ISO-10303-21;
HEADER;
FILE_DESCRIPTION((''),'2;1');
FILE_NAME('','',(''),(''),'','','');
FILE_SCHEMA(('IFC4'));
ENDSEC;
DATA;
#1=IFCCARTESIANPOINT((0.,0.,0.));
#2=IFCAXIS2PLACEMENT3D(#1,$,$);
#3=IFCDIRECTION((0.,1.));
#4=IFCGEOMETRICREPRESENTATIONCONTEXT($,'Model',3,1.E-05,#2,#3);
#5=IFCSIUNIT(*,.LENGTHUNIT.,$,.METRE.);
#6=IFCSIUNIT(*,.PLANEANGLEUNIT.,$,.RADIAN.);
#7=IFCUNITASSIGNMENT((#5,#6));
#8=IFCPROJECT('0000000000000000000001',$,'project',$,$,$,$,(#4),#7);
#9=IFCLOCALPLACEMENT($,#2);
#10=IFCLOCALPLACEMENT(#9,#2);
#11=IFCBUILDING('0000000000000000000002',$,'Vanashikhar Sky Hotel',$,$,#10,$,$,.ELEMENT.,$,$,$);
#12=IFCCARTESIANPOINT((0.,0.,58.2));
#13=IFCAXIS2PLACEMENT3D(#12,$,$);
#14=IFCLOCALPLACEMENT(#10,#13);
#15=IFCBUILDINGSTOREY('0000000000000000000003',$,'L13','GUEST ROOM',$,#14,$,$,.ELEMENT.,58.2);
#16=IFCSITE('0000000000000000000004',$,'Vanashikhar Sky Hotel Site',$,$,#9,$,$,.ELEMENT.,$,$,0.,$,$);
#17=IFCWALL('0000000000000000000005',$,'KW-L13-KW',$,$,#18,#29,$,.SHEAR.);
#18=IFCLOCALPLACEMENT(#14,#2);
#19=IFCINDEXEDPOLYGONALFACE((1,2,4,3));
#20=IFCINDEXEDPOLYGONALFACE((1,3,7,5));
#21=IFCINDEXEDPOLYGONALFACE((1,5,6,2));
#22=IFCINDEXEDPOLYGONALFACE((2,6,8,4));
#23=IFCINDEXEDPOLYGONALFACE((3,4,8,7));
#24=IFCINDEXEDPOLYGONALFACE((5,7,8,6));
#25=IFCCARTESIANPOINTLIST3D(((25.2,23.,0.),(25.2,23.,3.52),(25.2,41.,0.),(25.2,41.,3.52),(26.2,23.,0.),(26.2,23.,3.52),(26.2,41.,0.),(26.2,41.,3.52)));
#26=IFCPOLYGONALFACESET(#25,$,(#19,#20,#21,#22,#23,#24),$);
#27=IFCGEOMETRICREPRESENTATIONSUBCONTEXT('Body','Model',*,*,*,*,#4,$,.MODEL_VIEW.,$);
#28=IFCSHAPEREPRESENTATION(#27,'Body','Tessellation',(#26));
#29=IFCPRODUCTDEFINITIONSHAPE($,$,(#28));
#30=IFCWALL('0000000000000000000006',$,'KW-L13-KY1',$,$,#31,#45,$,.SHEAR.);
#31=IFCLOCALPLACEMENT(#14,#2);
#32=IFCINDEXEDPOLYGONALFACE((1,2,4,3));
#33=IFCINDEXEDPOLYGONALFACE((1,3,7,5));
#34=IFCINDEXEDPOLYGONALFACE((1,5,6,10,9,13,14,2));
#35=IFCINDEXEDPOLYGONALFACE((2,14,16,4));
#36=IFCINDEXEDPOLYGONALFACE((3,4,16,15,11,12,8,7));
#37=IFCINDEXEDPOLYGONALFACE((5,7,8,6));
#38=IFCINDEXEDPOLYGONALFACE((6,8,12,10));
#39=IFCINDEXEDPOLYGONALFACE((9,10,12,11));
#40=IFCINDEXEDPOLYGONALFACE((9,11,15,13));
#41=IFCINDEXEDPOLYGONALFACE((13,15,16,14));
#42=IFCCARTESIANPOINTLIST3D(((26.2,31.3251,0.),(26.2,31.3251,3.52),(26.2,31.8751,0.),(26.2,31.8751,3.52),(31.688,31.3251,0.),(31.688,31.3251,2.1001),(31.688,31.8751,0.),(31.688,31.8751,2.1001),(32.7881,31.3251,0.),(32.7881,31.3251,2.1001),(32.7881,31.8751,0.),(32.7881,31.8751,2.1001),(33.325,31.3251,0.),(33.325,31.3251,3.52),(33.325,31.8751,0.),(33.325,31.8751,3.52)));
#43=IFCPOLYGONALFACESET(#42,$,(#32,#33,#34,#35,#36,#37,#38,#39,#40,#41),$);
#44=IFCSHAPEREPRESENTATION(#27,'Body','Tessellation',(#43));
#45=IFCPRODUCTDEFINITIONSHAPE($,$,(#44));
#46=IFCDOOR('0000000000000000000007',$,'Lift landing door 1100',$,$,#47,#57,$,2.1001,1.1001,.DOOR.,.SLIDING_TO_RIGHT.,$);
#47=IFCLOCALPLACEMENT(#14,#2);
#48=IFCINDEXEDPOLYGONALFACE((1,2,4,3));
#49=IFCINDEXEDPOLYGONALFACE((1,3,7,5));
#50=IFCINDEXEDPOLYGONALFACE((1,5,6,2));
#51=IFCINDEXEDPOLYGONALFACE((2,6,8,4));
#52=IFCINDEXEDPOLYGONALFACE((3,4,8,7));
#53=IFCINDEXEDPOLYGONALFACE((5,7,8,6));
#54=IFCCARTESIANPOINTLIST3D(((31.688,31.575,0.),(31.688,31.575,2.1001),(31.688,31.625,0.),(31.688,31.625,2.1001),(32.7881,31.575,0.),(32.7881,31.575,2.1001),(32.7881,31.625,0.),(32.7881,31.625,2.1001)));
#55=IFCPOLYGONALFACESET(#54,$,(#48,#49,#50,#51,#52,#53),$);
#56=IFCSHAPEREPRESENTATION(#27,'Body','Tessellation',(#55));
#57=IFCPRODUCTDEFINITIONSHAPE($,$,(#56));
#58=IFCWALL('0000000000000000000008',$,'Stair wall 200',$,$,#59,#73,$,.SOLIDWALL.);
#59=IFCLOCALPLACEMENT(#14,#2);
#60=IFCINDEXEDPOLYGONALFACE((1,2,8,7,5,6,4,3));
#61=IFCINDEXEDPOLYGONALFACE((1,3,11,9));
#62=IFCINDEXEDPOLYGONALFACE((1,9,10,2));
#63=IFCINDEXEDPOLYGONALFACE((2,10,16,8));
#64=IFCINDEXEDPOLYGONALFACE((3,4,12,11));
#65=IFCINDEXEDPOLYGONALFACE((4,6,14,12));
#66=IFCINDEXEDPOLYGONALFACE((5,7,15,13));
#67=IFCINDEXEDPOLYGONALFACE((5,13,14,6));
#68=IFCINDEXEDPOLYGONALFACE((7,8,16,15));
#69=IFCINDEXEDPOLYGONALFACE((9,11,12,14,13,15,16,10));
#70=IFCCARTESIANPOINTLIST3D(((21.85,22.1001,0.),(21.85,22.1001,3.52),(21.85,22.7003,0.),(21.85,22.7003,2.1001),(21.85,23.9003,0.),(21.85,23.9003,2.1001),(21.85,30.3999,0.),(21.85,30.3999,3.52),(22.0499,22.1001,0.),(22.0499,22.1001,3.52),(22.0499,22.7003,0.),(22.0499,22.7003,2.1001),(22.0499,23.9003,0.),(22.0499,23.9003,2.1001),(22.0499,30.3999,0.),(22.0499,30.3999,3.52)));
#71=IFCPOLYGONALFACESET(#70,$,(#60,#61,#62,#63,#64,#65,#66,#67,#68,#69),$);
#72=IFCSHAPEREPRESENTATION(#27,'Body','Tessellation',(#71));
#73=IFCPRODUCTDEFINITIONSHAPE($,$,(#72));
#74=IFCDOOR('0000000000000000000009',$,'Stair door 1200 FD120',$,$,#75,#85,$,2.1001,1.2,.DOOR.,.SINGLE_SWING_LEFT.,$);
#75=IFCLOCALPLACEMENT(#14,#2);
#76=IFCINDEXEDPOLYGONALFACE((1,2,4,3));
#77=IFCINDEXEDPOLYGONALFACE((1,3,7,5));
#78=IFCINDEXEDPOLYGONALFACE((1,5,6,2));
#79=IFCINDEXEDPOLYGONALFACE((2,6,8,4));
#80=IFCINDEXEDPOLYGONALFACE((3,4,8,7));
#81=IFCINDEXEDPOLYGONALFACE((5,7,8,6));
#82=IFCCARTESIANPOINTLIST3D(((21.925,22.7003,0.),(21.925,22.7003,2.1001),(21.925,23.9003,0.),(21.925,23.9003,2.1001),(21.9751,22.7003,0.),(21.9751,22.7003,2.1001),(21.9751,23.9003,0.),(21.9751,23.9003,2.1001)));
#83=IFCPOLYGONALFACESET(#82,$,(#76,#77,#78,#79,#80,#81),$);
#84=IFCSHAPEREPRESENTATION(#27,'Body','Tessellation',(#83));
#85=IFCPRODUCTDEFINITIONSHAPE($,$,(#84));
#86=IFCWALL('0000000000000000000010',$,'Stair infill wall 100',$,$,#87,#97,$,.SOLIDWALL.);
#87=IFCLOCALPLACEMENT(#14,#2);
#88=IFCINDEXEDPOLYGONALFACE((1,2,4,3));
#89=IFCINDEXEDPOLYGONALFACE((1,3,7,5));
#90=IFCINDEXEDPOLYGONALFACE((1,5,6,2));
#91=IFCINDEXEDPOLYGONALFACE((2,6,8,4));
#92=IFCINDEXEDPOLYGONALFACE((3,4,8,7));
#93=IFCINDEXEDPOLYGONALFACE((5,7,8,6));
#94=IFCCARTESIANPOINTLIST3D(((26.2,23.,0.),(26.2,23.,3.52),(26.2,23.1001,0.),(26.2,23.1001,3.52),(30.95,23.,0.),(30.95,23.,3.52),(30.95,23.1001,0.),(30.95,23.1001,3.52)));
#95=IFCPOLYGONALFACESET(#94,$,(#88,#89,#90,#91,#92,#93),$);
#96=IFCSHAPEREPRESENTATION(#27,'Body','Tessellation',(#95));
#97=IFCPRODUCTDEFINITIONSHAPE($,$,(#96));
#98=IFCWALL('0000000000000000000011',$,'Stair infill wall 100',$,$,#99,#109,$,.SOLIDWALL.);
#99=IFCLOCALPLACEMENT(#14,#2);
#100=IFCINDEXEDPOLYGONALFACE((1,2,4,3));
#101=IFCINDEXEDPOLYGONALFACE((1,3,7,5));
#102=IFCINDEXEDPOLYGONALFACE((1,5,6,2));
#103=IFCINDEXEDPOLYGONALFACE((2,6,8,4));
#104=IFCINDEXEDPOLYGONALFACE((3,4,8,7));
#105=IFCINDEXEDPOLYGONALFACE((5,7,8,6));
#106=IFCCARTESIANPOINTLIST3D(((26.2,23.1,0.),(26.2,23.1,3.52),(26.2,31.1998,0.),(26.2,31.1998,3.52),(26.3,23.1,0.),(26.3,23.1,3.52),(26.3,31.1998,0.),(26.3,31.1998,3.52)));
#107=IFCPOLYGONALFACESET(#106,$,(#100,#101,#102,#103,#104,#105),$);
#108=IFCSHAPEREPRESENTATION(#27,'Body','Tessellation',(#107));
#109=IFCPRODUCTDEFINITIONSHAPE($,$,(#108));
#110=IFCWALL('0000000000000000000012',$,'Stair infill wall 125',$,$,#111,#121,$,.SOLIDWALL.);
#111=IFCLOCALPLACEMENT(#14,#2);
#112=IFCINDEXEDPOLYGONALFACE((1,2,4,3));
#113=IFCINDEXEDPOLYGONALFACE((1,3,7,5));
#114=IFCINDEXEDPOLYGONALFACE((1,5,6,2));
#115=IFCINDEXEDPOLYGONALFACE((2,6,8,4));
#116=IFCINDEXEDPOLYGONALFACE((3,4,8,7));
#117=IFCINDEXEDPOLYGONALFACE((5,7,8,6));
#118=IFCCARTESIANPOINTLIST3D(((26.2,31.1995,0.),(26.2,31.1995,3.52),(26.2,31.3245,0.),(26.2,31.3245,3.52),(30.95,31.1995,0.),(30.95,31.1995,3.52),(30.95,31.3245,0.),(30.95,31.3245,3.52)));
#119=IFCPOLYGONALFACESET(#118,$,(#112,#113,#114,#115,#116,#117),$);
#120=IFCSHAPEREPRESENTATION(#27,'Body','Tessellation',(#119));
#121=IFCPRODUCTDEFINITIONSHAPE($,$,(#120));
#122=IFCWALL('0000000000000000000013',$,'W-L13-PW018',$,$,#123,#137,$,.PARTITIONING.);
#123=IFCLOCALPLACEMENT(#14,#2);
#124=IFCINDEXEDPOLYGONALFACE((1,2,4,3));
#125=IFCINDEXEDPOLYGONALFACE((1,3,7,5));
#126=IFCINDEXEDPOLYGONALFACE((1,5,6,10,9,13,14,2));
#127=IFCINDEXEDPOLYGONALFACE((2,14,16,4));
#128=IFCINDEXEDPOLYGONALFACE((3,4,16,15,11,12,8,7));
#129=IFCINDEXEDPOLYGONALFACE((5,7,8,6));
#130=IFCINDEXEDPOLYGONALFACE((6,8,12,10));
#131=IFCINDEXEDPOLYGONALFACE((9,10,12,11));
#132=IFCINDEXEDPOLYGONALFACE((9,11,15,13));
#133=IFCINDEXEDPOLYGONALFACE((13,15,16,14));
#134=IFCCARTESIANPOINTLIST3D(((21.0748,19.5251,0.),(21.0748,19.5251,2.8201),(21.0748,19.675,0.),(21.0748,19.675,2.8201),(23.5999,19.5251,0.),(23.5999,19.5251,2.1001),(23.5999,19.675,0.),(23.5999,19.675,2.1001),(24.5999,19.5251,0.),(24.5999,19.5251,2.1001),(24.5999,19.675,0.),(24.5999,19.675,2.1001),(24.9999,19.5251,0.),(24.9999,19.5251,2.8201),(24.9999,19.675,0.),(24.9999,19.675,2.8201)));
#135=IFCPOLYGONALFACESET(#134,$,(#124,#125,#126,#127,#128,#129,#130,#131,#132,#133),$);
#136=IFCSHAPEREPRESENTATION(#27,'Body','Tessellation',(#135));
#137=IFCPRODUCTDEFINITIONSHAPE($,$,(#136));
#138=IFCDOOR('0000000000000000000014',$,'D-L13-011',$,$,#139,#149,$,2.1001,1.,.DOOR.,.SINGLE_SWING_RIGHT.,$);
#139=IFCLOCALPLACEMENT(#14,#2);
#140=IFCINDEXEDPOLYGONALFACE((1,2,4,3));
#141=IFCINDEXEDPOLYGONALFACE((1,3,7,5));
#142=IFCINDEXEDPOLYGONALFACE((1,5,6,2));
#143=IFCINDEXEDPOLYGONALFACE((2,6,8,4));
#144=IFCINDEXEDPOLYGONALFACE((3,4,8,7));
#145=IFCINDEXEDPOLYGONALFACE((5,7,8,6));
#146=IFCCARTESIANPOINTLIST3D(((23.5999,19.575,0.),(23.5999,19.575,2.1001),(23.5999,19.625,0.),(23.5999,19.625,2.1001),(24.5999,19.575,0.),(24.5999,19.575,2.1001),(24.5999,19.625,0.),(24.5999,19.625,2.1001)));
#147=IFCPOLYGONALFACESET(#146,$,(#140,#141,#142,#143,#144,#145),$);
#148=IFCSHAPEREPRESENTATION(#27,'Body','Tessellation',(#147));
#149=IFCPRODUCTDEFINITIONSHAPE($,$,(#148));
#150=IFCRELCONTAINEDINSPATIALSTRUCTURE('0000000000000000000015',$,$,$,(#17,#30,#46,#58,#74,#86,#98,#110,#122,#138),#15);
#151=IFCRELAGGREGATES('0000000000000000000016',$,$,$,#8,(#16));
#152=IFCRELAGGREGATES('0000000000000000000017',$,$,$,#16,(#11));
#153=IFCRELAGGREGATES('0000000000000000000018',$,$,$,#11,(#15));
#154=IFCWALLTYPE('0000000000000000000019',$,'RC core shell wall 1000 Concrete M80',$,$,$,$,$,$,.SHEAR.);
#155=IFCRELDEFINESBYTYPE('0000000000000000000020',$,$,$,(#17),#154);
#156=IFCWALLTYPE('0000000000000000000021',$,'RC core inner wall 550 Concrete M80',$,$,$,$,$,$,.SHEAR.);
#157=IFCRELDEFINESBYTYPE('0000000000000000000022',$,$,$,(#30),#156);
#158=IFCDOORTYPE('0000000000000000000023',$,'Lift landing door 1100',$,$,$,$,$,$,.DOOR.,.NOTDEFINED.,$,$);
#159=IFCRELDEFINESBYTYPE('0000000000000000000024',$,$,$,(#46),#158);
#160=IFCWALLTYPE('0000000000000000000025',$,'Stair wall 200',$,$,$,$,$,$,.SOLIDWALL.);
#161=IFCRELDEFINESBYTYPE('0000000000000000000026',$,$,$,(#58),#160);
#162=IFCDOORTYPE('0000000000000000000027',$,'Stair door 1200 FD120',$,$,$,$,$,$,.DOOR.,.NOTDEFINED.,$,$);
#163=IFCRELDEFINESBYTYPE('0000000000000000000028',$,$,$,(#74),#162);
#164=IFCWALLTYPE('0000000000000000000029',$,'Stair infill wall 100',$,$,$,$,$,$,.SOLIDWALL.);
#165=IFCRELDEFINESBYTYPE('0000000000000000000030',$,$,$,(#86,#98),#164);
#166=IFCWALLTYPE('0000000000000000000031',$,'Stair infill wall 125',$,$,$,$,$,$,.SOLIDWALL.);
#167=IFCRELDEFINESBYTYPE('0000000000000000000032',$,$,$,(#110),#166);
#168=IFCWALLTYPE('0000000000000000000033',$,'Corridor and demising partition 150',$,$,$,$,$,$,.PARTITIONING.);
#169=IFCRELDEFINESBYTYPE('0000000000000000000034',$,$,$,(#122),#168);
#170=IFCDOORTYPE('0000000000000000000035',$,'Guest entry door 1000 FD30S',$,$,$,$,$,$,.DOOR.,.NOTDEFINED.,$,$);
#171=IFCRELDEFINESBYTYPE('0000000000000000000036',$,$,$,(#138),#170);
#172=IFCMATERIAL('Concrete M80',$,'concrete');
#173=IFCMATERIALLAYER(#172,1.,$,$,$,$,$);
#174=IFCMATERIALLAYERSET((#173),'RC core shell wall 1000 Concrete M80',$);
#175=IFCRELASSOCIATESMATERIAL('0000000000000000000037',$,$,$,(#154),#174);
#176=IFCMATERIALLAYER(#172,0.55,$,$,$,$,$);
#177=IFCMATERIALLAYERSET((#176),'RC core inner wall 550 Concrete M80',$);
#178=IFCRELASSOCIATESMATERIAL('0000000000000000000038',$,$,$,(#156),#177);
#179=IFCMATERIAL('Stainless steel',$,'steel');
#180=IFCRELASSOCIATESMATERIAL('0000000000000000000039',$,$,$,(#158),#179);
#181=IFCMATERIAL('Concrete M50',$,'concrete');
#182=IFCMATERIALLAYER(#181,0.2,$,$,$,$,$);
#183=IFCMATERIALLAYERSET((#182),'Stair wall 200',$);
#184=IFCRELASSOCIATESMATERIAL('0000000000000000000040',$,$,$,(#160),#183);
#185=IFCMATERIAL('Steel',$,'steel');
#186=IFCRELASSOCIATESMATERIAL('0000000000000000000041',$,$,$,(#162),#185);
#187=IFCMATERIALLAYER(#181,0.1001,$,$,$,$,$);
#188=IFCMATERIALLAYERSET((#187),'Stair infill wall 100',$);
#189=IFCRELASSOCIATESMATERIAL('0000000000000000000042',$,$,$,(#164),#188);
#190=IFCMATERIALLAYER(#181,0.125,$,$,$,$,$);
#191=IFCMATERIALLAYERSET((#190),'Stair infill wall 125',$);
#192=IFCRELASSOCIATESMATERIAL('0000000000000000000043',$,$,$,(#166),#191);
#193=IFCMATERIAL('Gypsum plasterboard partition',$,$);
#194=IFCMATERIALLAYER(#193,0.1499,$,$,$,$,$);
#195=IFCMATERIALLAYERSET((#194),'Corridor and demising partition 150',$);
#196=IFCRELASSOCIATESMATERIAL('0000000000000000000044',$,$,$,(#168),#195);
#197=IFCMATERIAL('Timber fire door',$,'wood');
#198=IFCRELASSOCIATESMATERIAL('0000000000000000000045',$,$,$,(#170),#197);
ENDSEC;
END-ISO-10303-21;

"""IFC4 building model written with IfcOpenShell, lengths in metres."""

from ifc_helpers import new_model, si_unit, direction, frame, frame_2d, origin, place, context, subcontext, project, spatial, rectangle, extrude, source, transform, mapped, material, layer, layer_set, type_object, element, fill, save


model = new_model("IFC4")

# Units and contexts
model_context = context("Model", 3, precision=1e-05, world=origin(), true_north=direction((0.0, 1.0)))
body_context = subcontext(model_context, "Body", "Model", "MODEL_VIEW")
ifc_project = project(units=[si_unit("LENGTHUNIT", "METRE"), si_unit("PLANEANGLEUNIT", "RADIAN")], contexts=[model_context])

# Site, building, storey
site_placement = place(None, origin())
site = spatial("IfcSite", under=ifc_project, at=site_placement, Name="Vanashikhar Sky Hotel Site", CompositionType="ELEMENT", RefElevation=0.0)
building_placement = place(site_placement, origin())
building = spatial("IfcBuilding", under=site, at=building_placement, Name="Vanashikhar Sky Hotel", CompositionType="ELEMENT")
storey_placement = place(building_placement, frame((0.0, 0.0, 58.2)))
storey = spatial("IfcBuildingStorey", under=building, at=storey_placement, Name="L13", Description="GUEST ROOM", CompositionType="ELEMENT", Elevation=58.2)

# Shared definitions
ifc_material_1 = material(Name="Concrete M80", Category="concrete")
ifc_layer_1 = layer(ifc_material_1, 1.0)
ifc_layer_set_1 = layer_set([ifc_layer_1], Name="RC core shell wall 1000 Concrete M80")
wall_type_1 = type_object("IfcWallType", Name="RC core shell wall 1000 Concrete M80", PredefinedType="SHEAR", material=ifc_layer_set_1)
ifc_material_2 = material(Name="Steel", Category="steel")

# Wall
shared_shape_1 = source(origin(), body_context, "Body", "SweptSolid", [
    extrude(rectangle(XDim=18.0, YDim=1.0, at=frame_2d((9.0, 0.0))), origin(), (0.0, 0.0, 1.0), 3.52),
])
wall_1_placement = place(storey_placement, frame((25.7, 23.0, 0.0), z_axis=(0.0, 0.0, 1.0), x_axis=(0.0, 1.0, 0.0)))
element("IfcWall", 1, at=wall_1_placement, inside=storey, type_object=wall_type_1, Name="KW-L13-KW", PredefinedType="SHEAR", context=body_context, shape_type="MappedRepresentation", body=[
    mapped(shared_shape_1, transform((0.0, 0.0, 0.0), scale=1.0)),
])

# Walls, openings, doors
ifc_layer_2 = layer(ifc_material_1, 0.55)
ifc_layer_set_2 = layer_set([ifc_layer_2], Name="RC core inner wall 550 Concrete M80")
wall_type_2 = type_object("IfcWallType", Name="RC core inner wall 550 Concrete M80", PredefinedType="SHEAR", material=ifc_layer_set_2)
shared_shape_2 = source(origin(), body_context, "Body", "SweptSolid", [
    extrude(rectangle(XDim=7.125, YDim=0.55, at=frame_2d((3.5625, 0.0))), origin(), (0.0, 0.0, 1.0), 3.52),
])
wall_2_placement = place(storey_placement, frame((26.2, 31.6001, 0.0), z_axis=(0.0, 0.0, 1.0), x_axis=(1.0, 0.0, 0.0)))
wall_2 = element("IfcWall", 2, at=wall_2_placement, inside=storey, type_object=wall_type_2, Name="KW-L13-KY1", PredefinedType="SHEAR", context=body_context, shape_type="MappedRepresentation", body=[
    mapped(shared_shape_2, transform((0.0, 0.0, 0.0), scale=1.0)),
])
shared_shape_3 = source(origin(), body_context, "Body", "SweptSolid", [
    extrude(rectangle(XDim=1.1001, YDim=2.1001, at=frame_2d((0.55, 1.05))), frame((0.0, 0.2852, 0.0), z_axis=(0.0, -1.0, 0.0), x_axis=(1.0, 0.0, 0.0)), (0.0, 0.0, 1.0), 0.5701),
])
opening_1_placement = place(wall_2_placement, frame((5.488, 0.0, 0.0)))
opening_1 = element("IfcOpeningElement", 3, at=opening_1_placement, cuts=wall_2, PredefinedType="OPENING", context=body_context, shape_type="MappedRepresentation", body=[
    mapped(shared_shape_3, transform((0.0, 0.0, 0.0), scale=1.0)),
])
ifc_material_3 = material(Name="Stainless steel", Category="steel")
door_type_1 = type_object("IfcDoorType", Name="Lift landing door 1100", OperationType="NOTDEFINED", PredefinedType="DOOR", material=ifc_material_3)
shared_shape_4 = source(origin(), body_context, "Body", "SweptSolid", [
    extrude(rectangle(XDim=1.1001, YDim=2.1001, at=frame_2d((0.55, 1.05))), frame((0.0, 0.0249, 0.0), z_axis=(0.0, -1.0, 0.0), x_axis=(1.0, 0.0, 0.0)), (0.0, 0.0, 1.0), 0.05),
])
door_1_placement = place(opening_1_placement, origin())
door_1 = element("IfcDoor", 4, at=door_1_placement, inside=storey, type_object=door_type_1, Name="Lift landing door 1100", OperationType="SLIDING_TO_RIGHT", OverallHeight=2.1001, OverallWidth=1.1001, PredefinedType="DOOR", context=body_context, shape_type="MappedRepresentation", body=[
    mapped(shared_shape_4, transform((0.0, 0.0, 0.0), scale=1.0)),
])
fill(opening_1, door_1)
ifc_material_4 = material(Name="Concrete M50", Category="concrete")
ifc_layer_3 = layer(ifc_material_4, 0.2)
ifc_layer_set_3 = layer_set([ifc_layer_3], Name="Stair wall 200")
wall_type_3 = type_object("IfcWallType", Name="Stair wall 200", PredefinedType="SOLIDWALL", material=ifc_layer_set_3)
shared_shape_5 = source(origin(), body_context, "Body", "SweptSolid", [
    extrude(rectangle(XDim=8.2998, YDim=0.2, at=frame_2d((4.1499, 0.0))), origin(), (0.0, 0.0, 1.0), 3.52),
])
wall_3_placement = place(storey_placement, frame((21.95, 22.1001, 0.0), z_axis=(0.0, 0.0, 1.0), x_axis=(0.0, 1.0, 0.0)))
wall_3 = element("IfcWall", 5, at=wall_3_placement, inside=storey, type_object=wall_type_3, Name="Stair wall 200", PredefinedType="SOLIDWALL", context=body_context, shape_type="MappedRepresentation", body=[
    mapped(shared_shape_5, transform((0.0, 0.0, 0.0), scale=1.0)),
])
shared_shape_6 = source(origin(), body_context, "Body", "SweptSolid", [
    extrude(rectangle(XDim=1.2, YDim=2.1001, at=frame_2d((0.6001, 1.05))), frame((0.0, 0.1099, 0.0), z_axis=(0.0, -1.0, 0.0), x_axis=(1.0, 0.0, 0.0)), (0.0, 0.0, 1.0), 0.22),
])
opening_2_placement = place(wall_3_placement, frame((0.6001, 0.0, 0.0)))
opening_2 = element("IfcOpeningElement", 6, at=opening_2_placement, cuts=wall_3, PredefinedType="OPENING", context=body_context, shape_type="MappedRepresentation", body=[
    mapped(shared_shape_6, transform((0.0, 0.0, 0.0), scale=1.0)),
])
door_type_2 = type_object("IfcDoorType", Name="Stair door 1200 FD120", OperationType="NOTDEFINED", PredefinedType="DOOR", material=ifc_material_2)
shared_shape_7 = source(origin(), body_context, "Body", "SweptSolid", [
    extrude(rectangle(XDim=1.2, YDim=2.1001, at=frame_2d((0.6001, 1.05))), frame((0.0, 0.0249, 0.0), z_axis=(0.0, -1.0, 0.0), x_axis=(1.0, 0.0, 0.0)), (0.0, 0.0, 1.0), 0.05),
])
door_2_placement = place(opening_2_placement, origin())
door_2 = element("IfcDoor", 7, at=door_2_placement, inside=storey, type_object=door_type_2, Name="Stair door 1200 FD120", OperationType="SINGLE_SWING_LEFT", OverallHeight=2.1001, OverallWidth=1.2, PredefinedType="DOOR", context=body_context, shape_type="MappedRepresentation", body=[
    mapped(shared_shape_7, transform((0.0, 0.0, 0.0), scale=1.0)),
])
fill(opening_2, door_2)

# Walls
ifc_layer_4 = layer(ifc_material_4, 0.1001)
ifc_layer_set_4 = layer_set([ifc_layer_4], Name="Stair infill wall 100")
wall_type_4 = type_object("IfcWallType", Name="Stair infill wall 100", PredefinedType="SOLIDWALL", material=ifc_layer_set_4)
shared_shape_8 = source(origin(), body_context, "Body", "SweptSolid", [
    extrude(rectangle(XDim=4.75, YDim=0.1001, at=frame_2d((2.375, 0.0))), origin(), (0.0, 0.0, 1.0), 3.52),
])
wall_4_placement = place(storey_placement, frame((26.2, 23.05, 0.0), z_axis=(0.0, 0.0, 1.0), x_axis=(1.0, 0.0, 0.0)))
element("IfcWall", 8, at=wall_4_placement, inside=storey, type_object=wall_type_4, Name="Stair infill wall 100", PredefinedType="SOLIDWALL", context=body_context, shape_type="MappedRepresentation", body=[
    mapped(shared_shape_8, transform((0.0, 0.0, 0.0), scale=1.0)),
])
shared_shape_9 = source(origin(), body_context, "Body", "SweptSolid", [
    extrude(rectangle(XDim=8.0999, YDim=0.1001, at=frame_2d((4.0498, 0.0))), origin(), (0.0, 0.0, 1.0), 3.52),
])
wall_5_placement = place(storey_placement, frame((26.25, 23.1001, 0.0), z_axis=(0.0, 0.0, 1.0), x_axis=(0.0, 1.0, 0.0)))
element("IfcWall", 9, at=wall_5_placement, inside=storey, type_object=wall_type_4, Name="Stair infill wall 100", PredefinedType="SOLIDWALL", context=body_context, shape_type="MappedRepresentation", body=[
    mapped(shared_shape_9, transform((0.0, 0.0, 0.0), scale=1.0)),
])
ifc_layer_5 = layer(ifc_material_4, 0.125)
ifc_layer_set_5 = layer_set([ifc_layer_5], Name="Stair infill wall 125")
wall_type_5 = type_object("IfcWallType", Name="Stair infill wall 125", PredefinedType="SOLIDWALL", material=ifc_layer_set_5)
shared_shape_10 = source(origin(), body_context, "Body", "SweptSolid", [
    extrude(rectangle(XDim=4.75, YDim=0.125, at=frame_2d((2.375, 0.0))), origin(), (0.0, 0.0, 1.0), 3.52),
])
wall_6_placement = place(storey_placement, frame((26.2, 31.262, 0.0), z_axis=(0.0, 0.0, 1.0), x_axis=(1.0, 0.0, 0.0)))
element("IfcWall", 10, at=wall_6_placement, inside=storey, type_object=wall_type_5, Name="Stair infill wall 125", PredefinedType="SOLIDWALL", context=body_context, shape_type="MappedRepresentation", body=[
    mapped(shared_shape_10, transform((0.0, 0.0, 0.0), scale=1.0)),
])

# Wall, opening, door
ifc_material_5 = material(Name="Gypsum plasterboard partition")
ifc_layer_6 = layer(ifc_material_5, 0.1499)
ifc_layer_set_6 = layer_set([ifc_layer_6], Name="Corridor and demising partition 150")
wall_type_6 = type_object("IfcWallType", Name="Corridor and demising partition 150", PredefinedType="PARTITIONING", material=ifc_layer_set_6)
shared_shape_11 = source(origin(), body_context, "Body", "SweptSolid", [
    extrude(rectangle(XDim=3.925, YDim=0.1499, at=frame_2d((1.9624, 0.0))), origin(), (0.0, 0.0, 1.0), 2.8201),
])
wall_7_placement = place(storey_placement, frame((21.075, 19.6001, 0.0), z_axis=(0.0, 0.0, 1.0), x_axis=(1.0, 0.0, 0.0)))
wall_7 = element("IfcWall", 11, at=wall_7_placement, inside=storey, type_object=wall_type_6, Name="W-L13-PW018", PredefinedType="PARTITIONING", context=body_context, shape_type="MappedRepresentation", body=[
    mapped(shared_shape_11, transform((0.0, 0.0, 0.0), scale=1.0)),
])
shared_shape_12 = source(origin(), body_context, "Body", "SweptSolid", [
    extrude(rectangle(XDim=1.0, YDim=2.1001, at=frame_2d((0.5, 1.05))), frame((0.0, 0.085, 0.0), z_axis=(0.0, -1.0, 0.0), x_axis=(1.0, 0.0, 0.0)), (0.0, 0.0, 1.0), 0.1699),
])
opening_3_placement = place(wall_7_placement, frame((2.5249, 0.0, 0.0)))
opening_3 = element("IfcOpeningElement", 12, at=opening_3_placement, cuts=wall_7, PredefinedType="OPENING", context=body_context, shape_type="MappedRepresentation", body=[
    mapped(shared_shape_12, transform((0.0, 0.0, 0.0), scale=1.0)),
])
ifc_material_6 = material(Name="Timber fire door", Category="wood")
door_type_3 = type_object("IfcDoorType", Name="Guest entry door 1000 FD30S", OperationType="NOTDEFINED", PredefinedType="DOOR", material=ifc_material_6)
shared_shape_13 = source(origin(), body_context, "Body", "SweptSolid", [
    extrude(rectangle(XDim=1.0, YDim=2.1001, at=frame_2d((0.5, 1.05))), frame((0.0, 0.0249, 0.0), z_axis=(0.0, -1.0, 0.0), x_axis=(1.0, 0.0, 0.0)), (0.0, 0.0, 1.0), 0.05),
])
door_3_placement = place(opening_3_placement, origin())
door_3 = element("IfcDoor", 13, at=door_3_placement, inside=storey, type_object=door_type_3, Name="D-L13-011", OperationType="SINGLE_SWING_RIGHT", OverallHeight=2.1001, OverallWidth=1.0, PredefinedType="DOOR", context=body_context, shape_type="MappedRepresentation", body=[
    mapped(shared_shape_13, transform((0.0, 0.0, 0.0), scale=1.0)),
])
fill(opening_3, door_3)

save(model, "model.ifc")
